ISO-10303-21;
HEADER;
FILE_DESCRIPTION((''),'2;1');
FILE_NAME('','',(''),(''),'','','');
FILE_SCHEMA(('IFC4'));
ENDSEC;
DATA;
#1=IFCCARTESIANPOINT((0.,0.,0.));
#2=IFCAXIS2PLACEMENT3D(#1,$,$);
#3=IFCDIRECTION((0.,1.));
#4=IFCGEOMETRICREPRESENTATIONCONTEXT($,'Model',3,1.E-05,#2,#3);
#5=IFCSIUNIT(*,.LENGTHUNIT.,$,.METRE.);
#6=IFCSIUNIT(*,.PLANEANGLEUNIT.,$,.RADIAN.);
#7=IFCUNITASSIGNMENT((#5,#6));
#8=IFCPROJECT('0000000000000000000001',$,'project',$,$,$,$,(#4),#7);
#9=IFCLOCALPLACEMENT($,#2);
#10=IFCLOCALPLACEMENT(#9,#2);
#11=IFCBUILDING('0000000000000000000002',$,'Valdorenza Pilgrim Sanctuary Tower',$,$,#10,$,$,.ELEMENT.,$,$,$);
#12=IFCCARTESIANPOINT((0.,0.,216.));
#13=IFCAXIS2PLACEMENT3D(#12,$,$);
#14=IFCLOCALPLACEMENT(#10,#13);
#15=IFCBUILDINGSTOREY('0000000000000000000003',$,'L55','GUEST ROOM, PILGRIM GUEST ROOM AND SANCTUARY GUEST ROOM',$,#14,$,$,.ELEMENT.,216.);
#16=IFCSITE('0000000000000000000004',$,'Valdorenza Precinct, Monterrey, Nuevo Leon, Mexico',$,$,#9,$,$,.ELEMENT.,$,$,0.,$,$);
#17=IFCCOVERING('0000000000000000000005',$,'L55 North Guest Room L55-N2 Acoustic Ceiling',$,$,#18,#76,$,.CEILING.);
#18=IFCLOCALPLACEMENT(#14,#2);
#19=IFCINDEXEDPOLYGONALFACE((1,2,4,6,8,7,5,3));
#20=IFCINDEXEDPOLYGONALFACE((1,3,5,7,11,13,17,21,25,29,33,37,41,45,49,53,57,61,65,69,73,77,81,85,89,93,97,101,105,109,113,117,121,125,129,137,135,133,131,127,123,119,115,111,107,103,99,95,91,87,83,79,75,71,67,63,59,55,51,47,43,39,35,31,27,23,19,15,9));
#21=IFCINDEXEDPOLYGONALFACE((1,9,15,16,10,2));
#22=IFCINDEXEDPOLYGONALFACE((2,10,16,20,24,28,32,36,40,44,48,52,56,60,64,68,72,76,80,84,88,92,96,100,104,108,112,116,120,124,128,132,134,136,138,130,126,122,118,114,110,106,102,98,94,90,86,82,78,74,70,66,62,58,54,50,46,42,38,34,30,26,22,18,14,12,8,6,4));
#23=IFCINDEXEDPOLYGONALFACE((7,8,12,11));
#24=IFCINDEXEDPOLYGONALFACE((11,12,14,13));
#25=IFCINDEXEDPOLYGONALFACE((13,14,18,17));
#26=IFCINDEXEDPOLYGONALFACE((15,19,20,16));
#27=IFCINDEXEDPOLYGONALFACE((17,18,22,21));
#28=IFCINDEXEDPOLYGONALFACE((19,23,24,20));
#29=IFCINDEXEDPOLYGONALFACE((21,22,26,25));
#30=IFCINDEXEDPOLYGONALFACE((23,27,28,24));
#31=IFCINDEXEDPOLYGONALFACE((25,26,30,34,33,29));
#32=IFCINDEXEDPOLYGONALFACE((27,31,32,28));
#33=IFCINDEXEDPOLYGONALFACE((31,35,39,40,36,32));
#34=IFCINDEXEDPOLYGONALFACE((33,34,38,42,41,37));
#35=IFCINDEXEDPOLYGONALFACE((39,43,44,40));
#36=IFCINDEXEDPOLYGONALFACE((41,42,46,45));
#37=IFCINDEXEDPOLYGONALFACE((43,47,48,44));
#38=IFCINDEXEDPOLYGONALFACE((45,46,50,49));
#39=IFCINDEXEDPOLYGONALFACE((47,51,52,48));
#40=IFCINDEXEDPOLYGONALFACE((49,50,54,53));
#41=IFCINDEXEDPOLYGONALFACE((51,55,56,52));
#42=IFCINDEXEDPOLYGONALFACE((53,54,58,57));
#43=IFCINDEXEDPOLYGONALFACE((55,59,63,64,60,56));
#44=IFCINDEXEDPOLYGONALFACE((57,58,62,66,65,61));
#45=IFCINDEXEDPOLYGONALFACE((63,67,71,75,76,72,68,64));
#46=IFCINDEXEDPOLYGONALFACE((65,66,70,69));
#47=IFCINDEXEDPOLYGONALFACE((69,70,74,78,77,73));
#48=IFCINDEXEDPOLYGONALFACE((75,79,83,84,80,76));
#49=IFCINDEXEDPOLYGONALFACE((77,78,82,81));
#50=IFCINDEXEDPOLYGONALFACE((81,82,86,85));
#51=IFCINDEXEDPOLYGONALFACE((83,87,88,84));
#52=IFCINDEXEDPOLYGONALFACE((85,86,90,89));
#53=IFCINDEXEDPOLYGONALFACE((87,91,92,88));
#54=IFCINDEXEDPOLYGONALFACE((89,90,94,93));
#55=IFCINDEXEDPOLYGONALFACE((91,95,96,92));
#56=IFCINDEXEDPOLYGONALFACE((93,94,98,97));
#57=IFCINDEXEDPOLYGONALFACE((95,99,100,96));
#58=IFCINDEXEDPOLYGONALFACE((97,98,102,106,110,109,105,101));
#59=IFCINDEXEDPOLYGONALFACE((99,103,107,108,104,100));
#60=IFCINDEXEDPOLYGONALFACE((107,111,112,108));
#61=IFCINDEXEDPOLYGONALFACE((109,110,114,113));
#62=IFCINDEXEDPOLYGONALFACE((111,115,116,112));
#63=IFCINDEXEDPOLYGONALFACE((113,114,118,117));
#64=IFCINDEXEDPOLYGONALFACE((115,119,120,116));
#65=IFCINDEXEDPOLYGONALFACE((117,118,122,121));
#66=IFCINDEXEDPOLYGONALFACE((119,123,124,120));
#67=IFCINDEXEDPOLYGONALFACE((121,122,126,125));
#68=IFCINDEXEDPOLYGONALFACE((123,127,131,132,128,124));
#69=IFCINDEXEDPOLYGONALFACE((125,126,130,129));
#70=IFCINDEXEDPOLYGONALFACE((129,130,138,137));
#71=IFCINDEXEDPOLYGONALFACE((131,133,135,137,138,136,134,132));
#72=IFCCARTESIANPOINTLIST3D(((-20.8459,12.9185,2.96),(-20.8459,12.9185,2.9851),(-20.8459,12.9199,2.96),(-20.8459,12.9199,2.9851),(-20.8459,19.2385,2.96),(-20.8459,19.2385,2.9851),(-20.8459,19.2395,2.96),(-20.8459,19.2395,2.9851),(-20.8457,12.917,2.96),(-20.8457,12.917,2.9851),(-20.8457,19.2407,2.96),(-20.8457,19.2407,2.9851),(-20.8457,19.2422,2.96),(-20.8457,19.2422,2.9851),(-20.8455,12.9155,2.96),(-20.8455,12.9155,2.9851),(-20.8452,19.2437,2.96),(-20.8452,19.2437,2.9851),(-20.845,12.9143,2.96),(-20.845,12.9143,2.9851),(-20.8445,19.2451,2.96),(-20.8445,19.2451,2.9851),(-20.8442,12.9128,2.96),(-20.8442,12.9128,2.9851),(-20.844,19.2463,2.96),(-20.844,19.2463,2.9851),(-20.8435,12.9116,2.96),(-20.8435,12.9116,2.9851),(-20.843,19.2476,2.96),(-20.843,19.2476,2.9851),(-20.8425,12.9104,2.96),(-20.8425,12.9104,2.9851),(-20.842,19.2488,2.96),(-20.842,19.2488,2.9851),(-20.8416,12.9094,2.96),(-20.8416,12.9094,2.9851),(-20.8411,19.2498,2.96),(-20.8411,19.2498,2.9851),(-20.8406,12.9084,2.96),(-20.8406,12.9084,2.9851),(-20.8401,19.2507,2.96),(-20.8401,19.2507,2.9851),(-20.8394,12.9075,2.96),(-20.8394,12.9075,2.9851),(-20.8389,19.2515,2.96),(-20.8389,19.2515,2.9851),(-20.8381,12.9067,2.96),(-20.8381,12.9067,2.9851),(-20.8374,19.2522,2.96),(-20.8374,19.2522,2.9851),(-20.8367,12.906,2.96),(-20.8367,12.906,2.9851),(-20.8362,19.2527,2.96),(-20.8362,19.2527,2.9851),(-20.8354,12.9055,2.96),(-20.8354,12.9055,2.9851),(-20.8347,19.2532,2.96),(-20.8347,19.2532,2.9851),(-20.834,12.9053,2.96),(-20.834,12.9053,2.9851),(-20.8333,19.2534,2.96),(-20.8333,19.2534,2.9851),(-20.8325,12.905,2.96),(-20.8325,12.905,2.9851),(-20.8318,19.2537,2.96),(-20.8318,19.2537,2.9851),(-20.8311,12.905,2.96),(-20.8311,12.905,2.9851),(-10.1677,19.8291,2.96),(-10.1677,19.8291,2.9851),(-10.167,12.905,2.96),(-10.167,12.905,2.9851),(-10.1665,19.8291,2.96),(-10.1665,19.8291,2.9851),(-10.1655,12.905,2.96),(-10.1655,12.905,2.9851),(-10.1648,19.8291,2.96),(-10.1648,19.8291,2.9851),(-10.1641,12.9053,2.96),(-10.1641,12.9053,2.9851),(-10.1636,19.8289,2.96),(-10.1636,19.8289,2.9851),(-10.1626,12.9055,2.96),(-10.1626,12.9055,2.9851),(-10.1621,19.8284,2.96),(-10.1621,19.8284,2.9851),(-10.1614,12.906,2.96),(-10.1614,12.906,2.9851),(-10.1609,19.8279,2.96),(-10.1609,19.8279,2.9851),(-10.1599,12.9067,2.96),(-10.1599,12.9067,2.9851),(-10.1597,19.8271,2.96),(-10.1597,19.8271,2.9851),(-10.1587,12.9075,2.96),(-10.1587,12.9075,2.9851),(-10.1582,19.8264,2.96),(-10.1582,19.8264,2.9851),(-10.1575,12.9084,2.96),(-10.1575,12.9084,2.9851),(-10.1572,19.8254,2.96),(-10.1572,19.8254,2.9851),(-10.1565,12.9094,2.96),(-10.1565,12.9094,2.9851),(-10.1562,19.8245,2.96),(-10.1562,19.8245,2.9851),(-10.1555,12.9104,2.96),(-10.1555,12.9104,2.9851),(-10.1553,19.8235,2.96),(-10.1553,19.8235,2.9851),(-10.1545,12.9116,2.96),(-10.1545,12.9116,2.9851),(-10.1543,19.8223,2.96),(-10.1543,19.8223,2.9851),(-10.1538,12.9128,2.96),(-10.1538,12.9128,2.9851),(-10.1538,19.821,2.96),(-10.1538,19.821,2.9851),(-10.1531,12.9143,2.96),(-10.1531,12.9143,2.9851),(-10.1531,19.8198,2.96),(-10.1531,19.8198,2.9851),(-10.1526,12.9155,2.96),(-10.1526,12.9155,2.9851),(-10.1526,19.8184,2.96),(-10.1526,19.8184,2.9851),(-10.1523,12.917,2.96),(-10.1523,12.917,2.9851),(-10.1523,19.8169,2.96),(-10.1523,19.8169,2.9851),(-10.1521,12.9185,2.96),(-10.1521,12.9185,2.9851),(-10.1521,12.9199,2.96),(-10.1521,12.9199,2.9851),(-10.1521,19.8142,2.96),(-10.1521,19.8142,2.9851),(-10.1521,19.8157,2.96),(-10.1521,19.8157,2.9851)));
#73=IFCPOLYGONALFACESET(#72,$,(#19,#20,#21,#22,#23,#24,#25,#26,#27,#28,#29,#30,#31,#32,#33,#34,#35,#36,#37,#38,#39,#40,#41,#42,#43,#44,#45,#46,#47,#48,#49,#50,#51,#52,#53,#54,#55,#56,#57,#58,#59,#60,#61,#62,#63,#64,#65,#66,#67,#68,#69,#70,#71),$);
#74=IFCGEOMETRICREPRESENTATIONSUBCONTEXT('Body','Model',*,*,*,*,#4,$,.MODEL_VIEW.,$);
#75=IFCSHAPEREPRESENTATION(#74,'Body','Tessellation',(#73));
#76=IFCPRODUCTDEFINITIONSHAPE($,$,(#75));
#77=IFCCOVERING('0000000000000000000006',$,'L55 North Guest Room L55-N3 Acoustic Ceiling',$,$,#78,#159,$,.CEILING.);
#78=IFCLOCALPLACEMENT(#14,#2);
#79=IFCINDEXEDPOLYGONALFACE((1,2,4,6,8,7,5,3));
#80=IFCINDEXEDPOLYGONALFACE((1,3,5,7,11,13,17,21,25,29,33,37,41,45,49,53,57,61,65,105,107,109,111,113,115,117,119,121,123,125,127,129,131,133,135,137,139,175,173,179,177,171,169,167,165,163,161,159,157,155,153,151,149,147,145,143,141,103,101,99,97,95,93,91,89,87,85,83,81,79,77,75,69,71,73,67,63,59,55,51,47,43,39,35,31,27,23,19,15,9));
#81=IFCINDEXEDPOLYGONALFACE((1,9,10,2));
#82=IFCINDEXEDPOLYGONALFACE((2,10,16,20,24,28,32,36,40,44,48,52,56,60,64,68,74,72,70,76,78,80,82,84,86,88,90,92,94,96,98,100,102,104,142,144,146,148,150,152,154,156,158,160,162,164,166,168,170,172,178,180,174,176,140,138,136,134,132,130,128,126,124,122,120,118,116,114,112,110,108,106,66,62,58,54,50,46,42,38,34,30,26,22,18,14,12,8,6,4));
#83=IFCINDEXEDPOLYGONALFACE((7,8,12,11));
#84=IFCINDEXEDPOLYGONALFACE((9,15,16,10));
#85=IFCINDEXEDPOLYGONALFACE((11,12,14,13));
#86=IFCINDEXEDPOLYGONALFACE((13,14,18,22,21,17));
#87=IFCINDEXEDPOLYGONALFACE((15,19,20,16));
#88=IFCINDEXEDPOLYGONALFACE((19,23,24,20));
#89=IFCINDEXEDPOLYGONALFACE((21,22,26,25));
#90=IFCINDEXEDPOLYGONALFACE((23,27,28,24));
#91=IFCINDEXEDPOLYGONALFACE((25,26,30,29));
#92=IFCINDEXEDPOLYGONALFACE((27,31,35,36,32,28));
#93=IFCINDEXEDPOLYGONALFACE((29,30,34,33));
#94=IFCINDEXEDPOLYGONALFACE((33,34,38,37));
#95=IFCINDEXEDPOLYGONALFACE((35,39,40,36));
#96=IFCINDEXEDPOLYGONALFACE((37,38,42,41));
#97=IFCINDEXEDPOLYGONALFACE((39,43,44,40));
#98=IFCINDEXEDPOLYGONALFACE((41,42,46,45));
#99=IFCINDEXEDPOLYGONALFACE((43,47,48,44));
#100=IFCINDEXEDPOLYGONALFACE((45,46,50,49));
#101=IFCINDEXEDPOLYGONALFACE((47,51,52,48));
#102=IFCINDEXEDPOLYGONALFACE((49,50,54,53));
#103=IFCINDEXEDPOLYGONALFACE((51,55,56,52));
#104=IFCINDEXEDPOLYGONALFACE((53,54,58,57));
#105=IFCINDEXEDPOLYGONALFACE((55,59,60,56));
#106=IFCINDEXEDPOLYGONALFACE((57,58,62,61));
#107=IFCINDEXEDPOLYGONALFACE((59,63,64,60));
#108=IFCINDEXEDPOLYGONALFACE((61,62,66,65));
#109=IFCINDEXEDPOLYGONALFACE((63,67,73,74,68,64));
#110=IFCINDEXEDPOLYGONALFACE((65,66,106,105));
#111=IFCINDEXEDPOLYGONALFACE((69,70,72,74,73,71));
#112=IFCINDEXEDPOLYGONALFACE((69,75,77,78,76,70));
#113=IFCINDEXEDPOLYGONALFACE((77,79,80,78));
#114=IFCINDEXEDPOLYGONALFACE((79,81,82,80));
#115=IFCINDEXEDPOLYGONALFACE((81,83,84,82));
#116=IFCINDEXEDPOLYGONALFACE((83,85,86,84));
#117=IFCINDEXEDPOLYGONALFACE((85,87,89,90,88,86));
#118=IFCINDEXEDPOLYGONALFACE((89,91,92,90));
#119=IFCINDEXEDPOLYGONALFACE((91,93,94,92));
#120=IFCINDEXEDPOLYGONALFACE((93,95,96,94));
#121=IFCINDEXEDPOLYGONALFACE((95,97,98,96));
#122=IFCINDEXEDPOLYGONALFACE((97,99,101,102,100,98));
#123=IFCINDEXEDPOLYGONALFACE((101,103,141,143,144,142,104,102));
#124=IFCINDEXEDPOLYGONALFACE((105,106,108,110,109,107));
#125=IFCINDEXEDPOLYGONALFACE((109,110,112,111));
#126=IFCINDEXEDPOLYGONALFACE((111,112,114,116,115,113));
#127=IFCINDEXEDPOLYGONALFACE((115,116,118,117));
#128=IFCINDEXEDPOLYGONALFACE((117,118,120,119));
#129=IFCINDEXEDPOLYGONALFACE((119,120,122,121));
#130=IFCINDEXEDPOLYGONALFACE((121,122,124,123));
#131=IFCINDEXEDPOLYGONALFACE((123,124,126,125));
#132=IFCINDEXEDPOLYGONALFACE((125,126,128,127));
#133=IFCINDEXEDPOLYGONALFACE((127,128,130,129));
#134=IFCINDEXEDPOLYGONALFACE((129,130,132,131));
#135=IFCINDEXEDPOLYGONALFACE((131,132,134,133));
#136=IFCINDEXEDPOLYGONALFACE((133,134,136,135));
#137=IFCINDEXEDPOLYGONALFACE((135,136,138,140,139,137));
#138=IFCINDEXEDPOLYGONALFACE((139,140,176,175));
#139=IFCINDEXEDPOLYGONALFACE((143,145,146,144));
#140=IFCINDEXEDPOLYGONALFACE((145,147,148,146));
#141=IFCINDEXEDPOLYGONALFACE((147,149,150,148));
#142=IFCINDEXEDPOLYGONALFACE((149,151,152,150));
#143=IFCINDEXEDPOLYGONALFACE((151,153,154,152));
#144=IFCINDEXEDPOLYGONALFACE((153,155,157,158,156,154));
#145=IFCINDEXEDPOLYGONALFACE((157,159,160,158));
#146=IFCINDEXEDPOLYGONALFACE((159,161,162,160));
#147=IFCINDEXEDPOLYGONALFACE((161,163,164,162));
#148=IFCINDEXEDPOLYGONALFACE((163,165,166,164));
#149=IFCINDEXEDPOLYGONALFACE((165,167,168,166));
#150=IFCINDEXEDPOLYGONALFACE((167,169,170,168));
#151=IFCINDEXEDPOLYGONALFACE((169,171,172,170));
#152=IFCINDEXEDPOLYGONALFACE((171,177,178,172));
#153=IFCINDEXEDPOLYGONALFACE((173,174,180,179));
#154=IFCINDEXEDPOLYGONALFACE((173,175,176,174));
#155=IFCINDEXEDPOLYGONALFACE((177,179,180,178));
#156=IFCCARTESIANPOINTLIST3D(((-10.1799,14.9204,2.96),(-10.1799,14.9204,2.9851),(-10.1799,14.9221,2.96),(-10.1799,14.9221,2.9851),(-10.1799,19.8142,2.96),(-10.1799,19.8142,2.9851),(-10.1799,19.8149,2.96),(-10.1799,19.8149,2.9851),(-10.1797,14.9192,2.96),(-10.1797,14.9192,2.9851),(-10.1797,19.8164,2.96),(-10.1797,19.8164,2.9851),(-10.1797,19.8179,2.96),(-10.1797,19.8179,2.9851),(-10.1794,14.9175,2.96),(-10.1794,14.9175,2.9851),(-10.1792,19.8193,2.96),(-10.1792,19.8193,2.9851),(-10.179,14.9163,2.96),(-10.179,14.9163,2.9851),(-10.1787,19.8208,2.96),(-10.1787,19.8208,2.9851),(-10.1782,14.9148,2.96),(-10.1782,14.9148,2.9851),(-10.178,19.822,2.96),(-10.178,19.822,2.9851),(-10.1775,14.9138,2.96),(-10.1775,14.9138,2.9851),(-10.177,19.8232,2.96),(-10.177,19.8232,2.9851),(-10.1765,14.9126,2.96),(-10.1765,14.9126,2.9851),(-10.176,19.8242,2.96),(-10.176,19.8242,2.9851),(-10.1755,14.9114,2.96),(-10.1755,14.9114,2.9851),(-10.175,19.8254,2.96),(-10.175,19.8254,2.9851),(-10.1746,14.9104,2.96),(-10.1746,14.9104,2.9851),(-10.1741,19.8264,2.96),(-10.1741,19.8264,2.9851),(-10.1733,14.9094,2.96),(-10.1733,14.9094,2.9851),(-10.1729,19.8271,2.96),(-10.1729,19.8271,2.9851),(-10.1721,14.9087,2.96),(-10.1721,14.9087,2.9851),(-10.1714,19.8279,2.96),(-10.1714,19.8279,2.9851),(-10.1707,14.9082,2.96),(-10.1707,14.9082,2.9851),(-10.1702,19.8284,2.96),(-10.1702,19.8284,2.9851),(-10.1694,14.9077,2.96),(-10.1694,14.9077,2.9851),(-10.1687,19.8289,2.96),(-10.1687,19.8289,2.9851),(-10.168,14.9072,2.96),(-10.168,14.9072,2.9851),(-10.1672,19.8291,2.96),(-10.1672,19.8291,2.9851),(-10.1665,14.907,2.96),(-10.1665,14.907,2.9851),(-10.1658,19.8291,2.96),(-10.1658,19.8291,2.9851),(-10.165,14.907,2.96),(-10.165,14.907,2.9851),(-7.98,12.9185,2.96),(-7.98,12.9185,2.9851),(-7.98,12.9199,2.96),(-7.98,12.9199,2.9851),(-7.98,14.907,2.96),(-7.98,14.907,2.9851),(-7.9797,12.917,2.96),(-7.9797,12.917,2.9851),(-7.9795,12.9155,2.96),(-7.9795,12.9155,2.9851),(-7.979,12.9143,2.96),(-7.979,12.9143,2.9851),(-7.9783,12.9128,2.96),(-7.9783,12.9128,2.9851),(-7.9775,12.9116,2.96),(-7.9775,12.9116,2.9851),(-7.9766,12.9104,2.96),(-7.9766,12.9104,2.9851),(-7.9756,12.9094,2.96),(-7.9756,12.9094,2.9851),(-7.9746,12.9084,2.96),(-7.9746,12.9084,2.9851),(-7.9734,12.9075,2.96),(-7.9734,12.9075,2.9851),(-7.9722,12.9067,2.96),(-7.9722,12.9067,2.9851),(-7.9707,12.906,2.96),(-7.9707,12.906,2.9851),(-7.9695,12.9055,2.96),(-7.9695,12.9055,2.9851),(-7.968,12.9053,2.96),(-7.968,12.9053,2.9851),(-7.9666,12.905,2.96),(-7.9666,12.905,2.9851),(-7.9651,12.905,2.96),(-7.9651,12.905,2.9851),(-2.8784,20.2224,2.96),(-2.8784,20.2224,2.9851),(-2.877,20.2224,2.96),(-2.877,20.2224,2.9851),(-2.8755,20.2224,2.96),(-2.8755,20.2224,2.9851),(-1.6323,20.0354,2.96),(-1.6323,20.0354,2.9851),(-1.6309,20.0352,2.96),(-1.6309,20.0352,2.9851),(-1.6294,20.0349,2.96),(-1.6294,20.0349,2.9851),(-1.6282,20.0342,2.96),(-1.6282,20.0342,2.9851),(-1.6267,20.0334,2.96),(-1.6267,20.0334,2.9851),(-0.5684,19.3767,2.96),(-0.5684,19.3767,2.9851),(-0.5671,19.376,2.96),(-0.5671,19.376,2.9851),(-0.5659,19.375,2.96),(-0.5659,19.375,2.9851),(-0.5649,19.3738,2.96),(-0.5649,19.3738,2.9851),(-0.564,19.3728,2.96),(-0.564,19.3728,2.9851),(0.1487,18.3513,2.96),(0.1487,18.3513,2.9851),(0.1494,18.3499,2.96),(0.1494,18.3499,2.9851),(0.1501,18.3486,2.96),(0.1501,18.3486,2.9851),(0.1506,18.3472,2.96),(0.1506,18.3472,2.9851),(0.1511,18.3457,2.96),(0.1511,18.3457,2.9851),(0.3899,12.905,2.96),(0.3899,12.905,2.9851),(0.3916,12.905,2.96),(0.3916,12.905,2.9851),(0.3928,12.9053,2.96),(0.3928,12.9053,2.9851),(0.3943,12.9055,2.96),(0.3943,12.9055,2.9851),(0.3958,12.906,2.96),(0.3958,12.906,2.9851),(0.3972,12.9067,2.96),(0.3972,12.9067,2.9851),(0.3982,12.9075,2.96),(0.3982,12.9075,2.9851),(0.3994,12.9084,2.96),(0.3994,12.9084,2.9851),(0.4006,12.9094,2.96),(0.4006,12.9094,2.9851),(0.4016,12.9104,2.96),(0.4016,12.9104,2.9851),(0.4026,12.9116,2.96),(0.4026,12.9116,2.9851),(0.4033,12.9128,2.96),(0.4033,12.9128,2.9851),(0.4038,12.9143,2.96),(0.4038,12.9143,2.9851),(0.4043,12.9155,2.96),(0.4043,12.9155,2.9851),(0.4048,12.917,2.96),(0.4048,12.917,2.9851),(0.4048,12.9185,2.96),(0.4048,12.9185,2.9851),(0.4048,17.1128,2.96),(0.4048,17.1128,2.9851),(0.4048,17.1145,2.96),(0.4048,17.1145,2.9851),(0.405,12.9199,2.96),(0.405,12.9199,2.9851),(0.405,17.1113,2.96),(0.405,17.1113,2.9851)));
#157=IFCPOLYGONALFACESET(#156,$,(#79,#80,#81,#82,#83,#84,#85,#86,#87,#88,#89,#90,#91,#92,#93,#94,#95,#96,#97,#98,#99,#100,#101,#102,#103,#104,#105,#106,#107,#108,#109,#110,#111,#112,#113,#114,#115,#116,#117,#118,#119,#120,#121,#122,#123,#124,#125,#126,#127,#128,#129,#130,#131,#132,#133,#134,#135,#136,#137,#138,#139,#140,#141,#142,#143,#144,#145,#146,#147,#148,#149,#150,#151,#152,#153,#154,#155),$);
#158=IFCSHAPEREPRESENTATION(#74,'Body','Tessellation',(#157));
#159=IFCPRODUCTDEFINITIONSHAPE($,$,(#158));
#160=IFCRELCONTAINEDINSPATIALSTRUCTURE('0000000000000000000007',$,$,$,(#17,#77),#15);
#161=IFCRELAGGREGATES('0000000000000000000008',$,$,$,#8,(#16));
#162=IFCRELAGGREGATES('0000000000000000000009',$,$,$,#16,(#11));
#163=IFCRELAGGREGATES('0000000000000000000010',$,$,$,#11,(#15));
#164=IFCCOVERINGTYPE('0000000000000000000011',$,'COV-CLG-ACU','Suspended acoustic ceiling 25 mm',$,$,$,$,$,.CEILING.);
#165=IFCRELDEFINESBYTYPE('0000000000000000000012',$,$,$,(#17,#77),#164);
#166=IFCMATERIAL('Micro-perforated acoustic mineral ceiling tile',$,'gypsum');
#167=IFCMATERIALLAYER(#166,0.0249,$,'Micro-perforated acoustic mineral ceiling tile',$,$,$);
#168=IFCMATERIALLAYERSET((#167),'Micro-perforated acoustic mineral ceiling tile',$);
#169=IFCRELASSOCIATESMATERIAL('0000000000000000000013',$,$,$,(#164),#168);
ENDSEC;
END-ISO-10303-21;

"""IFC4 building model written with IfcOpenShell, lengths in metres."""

from ifc_helpers import new_model, si_unit, direction, frame, origin, place, context, subcontext, project, spatial, polyline, outline, extrude, material, layer, layer_set, type_object, element, save


model = new_model("IFC4")

# Units and contexts
model_context = context("Model", 3, precision=1e-05, world=origin(), true_north=direction((0.0, 1.0)))
body_context = subcontext(model_context, "Body", "Model", "MODEL_VIEW")
ifc_project = project(units=[si_unit("LENGTHUNIT", "METRE"), si_unit("PLANEANGLEUNIT", "RADIAN")], contexts=[model_context])

# Site, building, storey
site_placement = place(None, origin())
site = spatial("IfcSite", under=ifc_project, at=site_placement, Name="Valdorenza Precinct, Monterrey, Nuevo Leon, Mexico", CompositionType="ELEMENT", RefElevation=0.0)
building_placement = place(site_placement, origin())
building = spatial("IfcBuilding", under=site, at=building_placement, Name="Valdorenza Pilgrim Sanctuary Tower", CompositionType="ELEMENT")
storey_placement = place(building_placement, frame((0.0, 0.0, 216.0)))
storey = spatial("IfcBuildingStorey", under=building, at=storey_placement, Name="L55", Description="GUEST ROOM, PILGRIM GUEST ROOM AND SANCTUARY GUEST ROOM", CompositionType="ELEMENT", Elevation=216.0)

# Coverings
ifc_material_1 = material(Name="Micro-perforated acoustic mineral ceiling tile", Category="gypsum")
ifc_layer_1 = layer(ifc_material_1, 0.0249, Name="Micro-perforated acoustic mineral ceiling tile")
ifc_layer_set_1 = layer_set([ifc_layer_1], Name="Micro-perforated acoustic mineral ceiling tile")
covering_type_1 = type_object("IfcCoveringType", Name="COV-CLG-ACU", Description="Suspended acoustic ceiling 25 mm", PredefinedType="CEILING", material=ifc_layer_set_1)
covering_1_placement = place(storey_placement, frame((0.0, 0.0, 2.96)))
element("IfcCovering", 1, at=covering_1_placement, inside=storey, type_object=covering_type_1, Name="L55 North Guest Room L55-N2 Acoustic Ceiling", PredefinedType="CEILING", context=body_context, shape_type="SweptSolid", body=[
    extrude(outline(polyline([(-20.8459, 19.2385), (-20.8459, 19.2395), (-20.8457, 19.2407), (-20.8457, 19.2422), (-20.8452, 19.2437), (-20.8445, 19.2451), (-20.844, 19.2463), (-20.843, 19.2476), (-20.842, 19.2488), (-20.8411, 19.2498), (-20.8401, 19.2507), (-20.8389, 19.2515), (-20.8374, 19.2522), (-20.8362, 19.2527), (-20.8347, 19.2532), (-20.8333, 19.2534), (-20.8318, 19.2537), (-10.1677, 19.8291), (-10.1665, 19.8291), (-10.1648, 19.8291), (-10.1636, 19.8289), (-10.1621, 19.8284), (-10.1609, 19.8279), (-10.1597, 19.8271), (-10.1582, 19.8264), (-10.1572, 19.8254), (-10.1562, 19.8245), (-10.1553, 19.8235), (-10.1543, 19.8223), (-10.1538, 19.821), (-10.1531, 19.8198), (-10.1526, 19.8184), (-10.1523, 19.8169), (-10.1521, 19.8157), (-10.1521, 19.8142), (-10.1521, 12.9199), (-10.1521, 12.9185), (-10.1523, 12.917), (-10.1526, 12.9155), (-10.1531, 12.9143), (-10.1538, 12.9128), (-10.1545, 12.9116), (-10.1555, 12.9104), (-10.1565, 12.9094), (-10.1575, 12.9084), (-10.1587, 12.9075), (-10.1599, 12.9067), (-10.1614, 12.906), (-10.1626, 12.9055), (-10.1641, 12.9053), (-10.1655, 12.905), (-10.167, 12.905), (-20.8311, 12.905), (-20.8325, 12.905), (-20.834, 12.9053), (-20.8354, 12.9055), (-20.8367, 12.906), (-20.8381, 12.9067), (-20.8394, 12.9075), (-20.8406, 12.9084), (-20.8416, 12.9094), (-20.8425, 12.9104), (-20.8435, 12.9116), (-20.8442, 12.9128), (-20.845, 12.9143), (-20.8455, 12.9155), (-20.8457, 12.917), (-20.8459, 12.9185), (-20.8459, 12.9199), (-20.8459, 19.2385), (-20.8459, 19.2385)])), origin(), (0.0, 0.0, 1.0), 0.0251),
])
covering_2_placement = place(storey_placement, frame((0.0, 0.0, 2.96)))
element("IfcCovering", 2, at=covering_2_placement, inside=storey, type_object=covering_type_1, Name="L55 North Guest Room L55-N3 Acoustic Ceiling", PredefinedType="CEILING", context=body_context, shape_type="SweptSolid", body=[
    extrude(outline(polyline([(-10.1799, 19.8142), (-10.1799, 19.8149), (-10.1797, 19.8164), (-10.1797, 19.8179), (-10.1792, 19.8193), (-10.1787, 19.8208), (-10.178, 19.822), (-10.177, 19.8232), (-10.176, 19.8242), (-10.175, 19.8254), (-10.1741, 19.8264), (-10.1729, 19.8271), (-10.1714, 19.8279), (-10.1702, 19.8284), (-10.1687, 19.8289), (-10.1672, 19.8291), (-10.1658, 19.8291), (-2.8784, 20.2224), (-2.877, 20.2224), (-2.8755, 20.2224), (-1.6323, 20.0354), (-1.6309, 20.0352), (-1.6294, 20.0349), (-1.6282, 20.0342), (-1.6267, 20.0334), (-0.5684, 19.3767), (-0.5671, 19.376), (-0.5659, 19.375), (-0.5649, 19.3738), (-0.564, 19.3728), (0.1487, 18.3513), (0.1494, 18.3499), (0.1501, 18.3486), (0.1506, 18.3472), (0.1511, 18.3457), (0.4048, 17.1145), (0.4048, 17.1128), (0.405, 17.1113), (0.405, 12.9199), (0.4048, 12.9185), (0.4048, 12.917), (0.4043, 12.9155), (0.4038, 12.9143), (0.4033, 12.9128), (0.4026, 12.9116), (0.4016, 12.9104), (0.4006, 12.9094), (0.3994, 12.9084), (0.3982, 12.9075), (0.3972, 12.9067), (0.3958, 12.906), (0.3943, 12.9055), (0.3928, 12.9053), (0.3916, 12.905), (0.3899, 12.905), (-7.9651, 12.905), (-7.9666, 12.905), (-7.968, 12.9053), (-7.9695, 12.9055), (-7.9707, 12.906), (-7.9722, 12.9067), (-7.9734, 12.9075), (-7.9746, 12.9084), (-7.9756, 12.9094), (-7.9766, 12.9104), (-7.9775, 12.9116), (-7.9783, 12.9128), (-7.979, 12.9143), (-7.9795, 12.9155), (-7.9797, 12.917), (-7.98, 12.9185), (-7.98, 12.9199), (-7.98, 14.907), (-10.165, 14.907), (-10.1665, 14.907), (-10.168, 14.9072), (-10.1694, 14.9077), (-10.1707, 14.9082), (-10.1721, 14.9087), (-10.1733, 14.9094), (-10.1746, 14.9104), (-10.1755, 14.9114), (-10.1765, 14.9126), (-10.1775, 14.9138), (-10.1782, 14.9148), (-10.179, 14.9163), (-10.1794, 14.9175), (-10.1797, 14.9192), (-10.1799, 14.9204), (-10.1799, 14.9221), (-10.1799, 19.8142), (-10.1799, 19.8142)])), origin(), (0.0, 0.0, 1.0), 0.0251),
])

save(model, "model.ifc")
